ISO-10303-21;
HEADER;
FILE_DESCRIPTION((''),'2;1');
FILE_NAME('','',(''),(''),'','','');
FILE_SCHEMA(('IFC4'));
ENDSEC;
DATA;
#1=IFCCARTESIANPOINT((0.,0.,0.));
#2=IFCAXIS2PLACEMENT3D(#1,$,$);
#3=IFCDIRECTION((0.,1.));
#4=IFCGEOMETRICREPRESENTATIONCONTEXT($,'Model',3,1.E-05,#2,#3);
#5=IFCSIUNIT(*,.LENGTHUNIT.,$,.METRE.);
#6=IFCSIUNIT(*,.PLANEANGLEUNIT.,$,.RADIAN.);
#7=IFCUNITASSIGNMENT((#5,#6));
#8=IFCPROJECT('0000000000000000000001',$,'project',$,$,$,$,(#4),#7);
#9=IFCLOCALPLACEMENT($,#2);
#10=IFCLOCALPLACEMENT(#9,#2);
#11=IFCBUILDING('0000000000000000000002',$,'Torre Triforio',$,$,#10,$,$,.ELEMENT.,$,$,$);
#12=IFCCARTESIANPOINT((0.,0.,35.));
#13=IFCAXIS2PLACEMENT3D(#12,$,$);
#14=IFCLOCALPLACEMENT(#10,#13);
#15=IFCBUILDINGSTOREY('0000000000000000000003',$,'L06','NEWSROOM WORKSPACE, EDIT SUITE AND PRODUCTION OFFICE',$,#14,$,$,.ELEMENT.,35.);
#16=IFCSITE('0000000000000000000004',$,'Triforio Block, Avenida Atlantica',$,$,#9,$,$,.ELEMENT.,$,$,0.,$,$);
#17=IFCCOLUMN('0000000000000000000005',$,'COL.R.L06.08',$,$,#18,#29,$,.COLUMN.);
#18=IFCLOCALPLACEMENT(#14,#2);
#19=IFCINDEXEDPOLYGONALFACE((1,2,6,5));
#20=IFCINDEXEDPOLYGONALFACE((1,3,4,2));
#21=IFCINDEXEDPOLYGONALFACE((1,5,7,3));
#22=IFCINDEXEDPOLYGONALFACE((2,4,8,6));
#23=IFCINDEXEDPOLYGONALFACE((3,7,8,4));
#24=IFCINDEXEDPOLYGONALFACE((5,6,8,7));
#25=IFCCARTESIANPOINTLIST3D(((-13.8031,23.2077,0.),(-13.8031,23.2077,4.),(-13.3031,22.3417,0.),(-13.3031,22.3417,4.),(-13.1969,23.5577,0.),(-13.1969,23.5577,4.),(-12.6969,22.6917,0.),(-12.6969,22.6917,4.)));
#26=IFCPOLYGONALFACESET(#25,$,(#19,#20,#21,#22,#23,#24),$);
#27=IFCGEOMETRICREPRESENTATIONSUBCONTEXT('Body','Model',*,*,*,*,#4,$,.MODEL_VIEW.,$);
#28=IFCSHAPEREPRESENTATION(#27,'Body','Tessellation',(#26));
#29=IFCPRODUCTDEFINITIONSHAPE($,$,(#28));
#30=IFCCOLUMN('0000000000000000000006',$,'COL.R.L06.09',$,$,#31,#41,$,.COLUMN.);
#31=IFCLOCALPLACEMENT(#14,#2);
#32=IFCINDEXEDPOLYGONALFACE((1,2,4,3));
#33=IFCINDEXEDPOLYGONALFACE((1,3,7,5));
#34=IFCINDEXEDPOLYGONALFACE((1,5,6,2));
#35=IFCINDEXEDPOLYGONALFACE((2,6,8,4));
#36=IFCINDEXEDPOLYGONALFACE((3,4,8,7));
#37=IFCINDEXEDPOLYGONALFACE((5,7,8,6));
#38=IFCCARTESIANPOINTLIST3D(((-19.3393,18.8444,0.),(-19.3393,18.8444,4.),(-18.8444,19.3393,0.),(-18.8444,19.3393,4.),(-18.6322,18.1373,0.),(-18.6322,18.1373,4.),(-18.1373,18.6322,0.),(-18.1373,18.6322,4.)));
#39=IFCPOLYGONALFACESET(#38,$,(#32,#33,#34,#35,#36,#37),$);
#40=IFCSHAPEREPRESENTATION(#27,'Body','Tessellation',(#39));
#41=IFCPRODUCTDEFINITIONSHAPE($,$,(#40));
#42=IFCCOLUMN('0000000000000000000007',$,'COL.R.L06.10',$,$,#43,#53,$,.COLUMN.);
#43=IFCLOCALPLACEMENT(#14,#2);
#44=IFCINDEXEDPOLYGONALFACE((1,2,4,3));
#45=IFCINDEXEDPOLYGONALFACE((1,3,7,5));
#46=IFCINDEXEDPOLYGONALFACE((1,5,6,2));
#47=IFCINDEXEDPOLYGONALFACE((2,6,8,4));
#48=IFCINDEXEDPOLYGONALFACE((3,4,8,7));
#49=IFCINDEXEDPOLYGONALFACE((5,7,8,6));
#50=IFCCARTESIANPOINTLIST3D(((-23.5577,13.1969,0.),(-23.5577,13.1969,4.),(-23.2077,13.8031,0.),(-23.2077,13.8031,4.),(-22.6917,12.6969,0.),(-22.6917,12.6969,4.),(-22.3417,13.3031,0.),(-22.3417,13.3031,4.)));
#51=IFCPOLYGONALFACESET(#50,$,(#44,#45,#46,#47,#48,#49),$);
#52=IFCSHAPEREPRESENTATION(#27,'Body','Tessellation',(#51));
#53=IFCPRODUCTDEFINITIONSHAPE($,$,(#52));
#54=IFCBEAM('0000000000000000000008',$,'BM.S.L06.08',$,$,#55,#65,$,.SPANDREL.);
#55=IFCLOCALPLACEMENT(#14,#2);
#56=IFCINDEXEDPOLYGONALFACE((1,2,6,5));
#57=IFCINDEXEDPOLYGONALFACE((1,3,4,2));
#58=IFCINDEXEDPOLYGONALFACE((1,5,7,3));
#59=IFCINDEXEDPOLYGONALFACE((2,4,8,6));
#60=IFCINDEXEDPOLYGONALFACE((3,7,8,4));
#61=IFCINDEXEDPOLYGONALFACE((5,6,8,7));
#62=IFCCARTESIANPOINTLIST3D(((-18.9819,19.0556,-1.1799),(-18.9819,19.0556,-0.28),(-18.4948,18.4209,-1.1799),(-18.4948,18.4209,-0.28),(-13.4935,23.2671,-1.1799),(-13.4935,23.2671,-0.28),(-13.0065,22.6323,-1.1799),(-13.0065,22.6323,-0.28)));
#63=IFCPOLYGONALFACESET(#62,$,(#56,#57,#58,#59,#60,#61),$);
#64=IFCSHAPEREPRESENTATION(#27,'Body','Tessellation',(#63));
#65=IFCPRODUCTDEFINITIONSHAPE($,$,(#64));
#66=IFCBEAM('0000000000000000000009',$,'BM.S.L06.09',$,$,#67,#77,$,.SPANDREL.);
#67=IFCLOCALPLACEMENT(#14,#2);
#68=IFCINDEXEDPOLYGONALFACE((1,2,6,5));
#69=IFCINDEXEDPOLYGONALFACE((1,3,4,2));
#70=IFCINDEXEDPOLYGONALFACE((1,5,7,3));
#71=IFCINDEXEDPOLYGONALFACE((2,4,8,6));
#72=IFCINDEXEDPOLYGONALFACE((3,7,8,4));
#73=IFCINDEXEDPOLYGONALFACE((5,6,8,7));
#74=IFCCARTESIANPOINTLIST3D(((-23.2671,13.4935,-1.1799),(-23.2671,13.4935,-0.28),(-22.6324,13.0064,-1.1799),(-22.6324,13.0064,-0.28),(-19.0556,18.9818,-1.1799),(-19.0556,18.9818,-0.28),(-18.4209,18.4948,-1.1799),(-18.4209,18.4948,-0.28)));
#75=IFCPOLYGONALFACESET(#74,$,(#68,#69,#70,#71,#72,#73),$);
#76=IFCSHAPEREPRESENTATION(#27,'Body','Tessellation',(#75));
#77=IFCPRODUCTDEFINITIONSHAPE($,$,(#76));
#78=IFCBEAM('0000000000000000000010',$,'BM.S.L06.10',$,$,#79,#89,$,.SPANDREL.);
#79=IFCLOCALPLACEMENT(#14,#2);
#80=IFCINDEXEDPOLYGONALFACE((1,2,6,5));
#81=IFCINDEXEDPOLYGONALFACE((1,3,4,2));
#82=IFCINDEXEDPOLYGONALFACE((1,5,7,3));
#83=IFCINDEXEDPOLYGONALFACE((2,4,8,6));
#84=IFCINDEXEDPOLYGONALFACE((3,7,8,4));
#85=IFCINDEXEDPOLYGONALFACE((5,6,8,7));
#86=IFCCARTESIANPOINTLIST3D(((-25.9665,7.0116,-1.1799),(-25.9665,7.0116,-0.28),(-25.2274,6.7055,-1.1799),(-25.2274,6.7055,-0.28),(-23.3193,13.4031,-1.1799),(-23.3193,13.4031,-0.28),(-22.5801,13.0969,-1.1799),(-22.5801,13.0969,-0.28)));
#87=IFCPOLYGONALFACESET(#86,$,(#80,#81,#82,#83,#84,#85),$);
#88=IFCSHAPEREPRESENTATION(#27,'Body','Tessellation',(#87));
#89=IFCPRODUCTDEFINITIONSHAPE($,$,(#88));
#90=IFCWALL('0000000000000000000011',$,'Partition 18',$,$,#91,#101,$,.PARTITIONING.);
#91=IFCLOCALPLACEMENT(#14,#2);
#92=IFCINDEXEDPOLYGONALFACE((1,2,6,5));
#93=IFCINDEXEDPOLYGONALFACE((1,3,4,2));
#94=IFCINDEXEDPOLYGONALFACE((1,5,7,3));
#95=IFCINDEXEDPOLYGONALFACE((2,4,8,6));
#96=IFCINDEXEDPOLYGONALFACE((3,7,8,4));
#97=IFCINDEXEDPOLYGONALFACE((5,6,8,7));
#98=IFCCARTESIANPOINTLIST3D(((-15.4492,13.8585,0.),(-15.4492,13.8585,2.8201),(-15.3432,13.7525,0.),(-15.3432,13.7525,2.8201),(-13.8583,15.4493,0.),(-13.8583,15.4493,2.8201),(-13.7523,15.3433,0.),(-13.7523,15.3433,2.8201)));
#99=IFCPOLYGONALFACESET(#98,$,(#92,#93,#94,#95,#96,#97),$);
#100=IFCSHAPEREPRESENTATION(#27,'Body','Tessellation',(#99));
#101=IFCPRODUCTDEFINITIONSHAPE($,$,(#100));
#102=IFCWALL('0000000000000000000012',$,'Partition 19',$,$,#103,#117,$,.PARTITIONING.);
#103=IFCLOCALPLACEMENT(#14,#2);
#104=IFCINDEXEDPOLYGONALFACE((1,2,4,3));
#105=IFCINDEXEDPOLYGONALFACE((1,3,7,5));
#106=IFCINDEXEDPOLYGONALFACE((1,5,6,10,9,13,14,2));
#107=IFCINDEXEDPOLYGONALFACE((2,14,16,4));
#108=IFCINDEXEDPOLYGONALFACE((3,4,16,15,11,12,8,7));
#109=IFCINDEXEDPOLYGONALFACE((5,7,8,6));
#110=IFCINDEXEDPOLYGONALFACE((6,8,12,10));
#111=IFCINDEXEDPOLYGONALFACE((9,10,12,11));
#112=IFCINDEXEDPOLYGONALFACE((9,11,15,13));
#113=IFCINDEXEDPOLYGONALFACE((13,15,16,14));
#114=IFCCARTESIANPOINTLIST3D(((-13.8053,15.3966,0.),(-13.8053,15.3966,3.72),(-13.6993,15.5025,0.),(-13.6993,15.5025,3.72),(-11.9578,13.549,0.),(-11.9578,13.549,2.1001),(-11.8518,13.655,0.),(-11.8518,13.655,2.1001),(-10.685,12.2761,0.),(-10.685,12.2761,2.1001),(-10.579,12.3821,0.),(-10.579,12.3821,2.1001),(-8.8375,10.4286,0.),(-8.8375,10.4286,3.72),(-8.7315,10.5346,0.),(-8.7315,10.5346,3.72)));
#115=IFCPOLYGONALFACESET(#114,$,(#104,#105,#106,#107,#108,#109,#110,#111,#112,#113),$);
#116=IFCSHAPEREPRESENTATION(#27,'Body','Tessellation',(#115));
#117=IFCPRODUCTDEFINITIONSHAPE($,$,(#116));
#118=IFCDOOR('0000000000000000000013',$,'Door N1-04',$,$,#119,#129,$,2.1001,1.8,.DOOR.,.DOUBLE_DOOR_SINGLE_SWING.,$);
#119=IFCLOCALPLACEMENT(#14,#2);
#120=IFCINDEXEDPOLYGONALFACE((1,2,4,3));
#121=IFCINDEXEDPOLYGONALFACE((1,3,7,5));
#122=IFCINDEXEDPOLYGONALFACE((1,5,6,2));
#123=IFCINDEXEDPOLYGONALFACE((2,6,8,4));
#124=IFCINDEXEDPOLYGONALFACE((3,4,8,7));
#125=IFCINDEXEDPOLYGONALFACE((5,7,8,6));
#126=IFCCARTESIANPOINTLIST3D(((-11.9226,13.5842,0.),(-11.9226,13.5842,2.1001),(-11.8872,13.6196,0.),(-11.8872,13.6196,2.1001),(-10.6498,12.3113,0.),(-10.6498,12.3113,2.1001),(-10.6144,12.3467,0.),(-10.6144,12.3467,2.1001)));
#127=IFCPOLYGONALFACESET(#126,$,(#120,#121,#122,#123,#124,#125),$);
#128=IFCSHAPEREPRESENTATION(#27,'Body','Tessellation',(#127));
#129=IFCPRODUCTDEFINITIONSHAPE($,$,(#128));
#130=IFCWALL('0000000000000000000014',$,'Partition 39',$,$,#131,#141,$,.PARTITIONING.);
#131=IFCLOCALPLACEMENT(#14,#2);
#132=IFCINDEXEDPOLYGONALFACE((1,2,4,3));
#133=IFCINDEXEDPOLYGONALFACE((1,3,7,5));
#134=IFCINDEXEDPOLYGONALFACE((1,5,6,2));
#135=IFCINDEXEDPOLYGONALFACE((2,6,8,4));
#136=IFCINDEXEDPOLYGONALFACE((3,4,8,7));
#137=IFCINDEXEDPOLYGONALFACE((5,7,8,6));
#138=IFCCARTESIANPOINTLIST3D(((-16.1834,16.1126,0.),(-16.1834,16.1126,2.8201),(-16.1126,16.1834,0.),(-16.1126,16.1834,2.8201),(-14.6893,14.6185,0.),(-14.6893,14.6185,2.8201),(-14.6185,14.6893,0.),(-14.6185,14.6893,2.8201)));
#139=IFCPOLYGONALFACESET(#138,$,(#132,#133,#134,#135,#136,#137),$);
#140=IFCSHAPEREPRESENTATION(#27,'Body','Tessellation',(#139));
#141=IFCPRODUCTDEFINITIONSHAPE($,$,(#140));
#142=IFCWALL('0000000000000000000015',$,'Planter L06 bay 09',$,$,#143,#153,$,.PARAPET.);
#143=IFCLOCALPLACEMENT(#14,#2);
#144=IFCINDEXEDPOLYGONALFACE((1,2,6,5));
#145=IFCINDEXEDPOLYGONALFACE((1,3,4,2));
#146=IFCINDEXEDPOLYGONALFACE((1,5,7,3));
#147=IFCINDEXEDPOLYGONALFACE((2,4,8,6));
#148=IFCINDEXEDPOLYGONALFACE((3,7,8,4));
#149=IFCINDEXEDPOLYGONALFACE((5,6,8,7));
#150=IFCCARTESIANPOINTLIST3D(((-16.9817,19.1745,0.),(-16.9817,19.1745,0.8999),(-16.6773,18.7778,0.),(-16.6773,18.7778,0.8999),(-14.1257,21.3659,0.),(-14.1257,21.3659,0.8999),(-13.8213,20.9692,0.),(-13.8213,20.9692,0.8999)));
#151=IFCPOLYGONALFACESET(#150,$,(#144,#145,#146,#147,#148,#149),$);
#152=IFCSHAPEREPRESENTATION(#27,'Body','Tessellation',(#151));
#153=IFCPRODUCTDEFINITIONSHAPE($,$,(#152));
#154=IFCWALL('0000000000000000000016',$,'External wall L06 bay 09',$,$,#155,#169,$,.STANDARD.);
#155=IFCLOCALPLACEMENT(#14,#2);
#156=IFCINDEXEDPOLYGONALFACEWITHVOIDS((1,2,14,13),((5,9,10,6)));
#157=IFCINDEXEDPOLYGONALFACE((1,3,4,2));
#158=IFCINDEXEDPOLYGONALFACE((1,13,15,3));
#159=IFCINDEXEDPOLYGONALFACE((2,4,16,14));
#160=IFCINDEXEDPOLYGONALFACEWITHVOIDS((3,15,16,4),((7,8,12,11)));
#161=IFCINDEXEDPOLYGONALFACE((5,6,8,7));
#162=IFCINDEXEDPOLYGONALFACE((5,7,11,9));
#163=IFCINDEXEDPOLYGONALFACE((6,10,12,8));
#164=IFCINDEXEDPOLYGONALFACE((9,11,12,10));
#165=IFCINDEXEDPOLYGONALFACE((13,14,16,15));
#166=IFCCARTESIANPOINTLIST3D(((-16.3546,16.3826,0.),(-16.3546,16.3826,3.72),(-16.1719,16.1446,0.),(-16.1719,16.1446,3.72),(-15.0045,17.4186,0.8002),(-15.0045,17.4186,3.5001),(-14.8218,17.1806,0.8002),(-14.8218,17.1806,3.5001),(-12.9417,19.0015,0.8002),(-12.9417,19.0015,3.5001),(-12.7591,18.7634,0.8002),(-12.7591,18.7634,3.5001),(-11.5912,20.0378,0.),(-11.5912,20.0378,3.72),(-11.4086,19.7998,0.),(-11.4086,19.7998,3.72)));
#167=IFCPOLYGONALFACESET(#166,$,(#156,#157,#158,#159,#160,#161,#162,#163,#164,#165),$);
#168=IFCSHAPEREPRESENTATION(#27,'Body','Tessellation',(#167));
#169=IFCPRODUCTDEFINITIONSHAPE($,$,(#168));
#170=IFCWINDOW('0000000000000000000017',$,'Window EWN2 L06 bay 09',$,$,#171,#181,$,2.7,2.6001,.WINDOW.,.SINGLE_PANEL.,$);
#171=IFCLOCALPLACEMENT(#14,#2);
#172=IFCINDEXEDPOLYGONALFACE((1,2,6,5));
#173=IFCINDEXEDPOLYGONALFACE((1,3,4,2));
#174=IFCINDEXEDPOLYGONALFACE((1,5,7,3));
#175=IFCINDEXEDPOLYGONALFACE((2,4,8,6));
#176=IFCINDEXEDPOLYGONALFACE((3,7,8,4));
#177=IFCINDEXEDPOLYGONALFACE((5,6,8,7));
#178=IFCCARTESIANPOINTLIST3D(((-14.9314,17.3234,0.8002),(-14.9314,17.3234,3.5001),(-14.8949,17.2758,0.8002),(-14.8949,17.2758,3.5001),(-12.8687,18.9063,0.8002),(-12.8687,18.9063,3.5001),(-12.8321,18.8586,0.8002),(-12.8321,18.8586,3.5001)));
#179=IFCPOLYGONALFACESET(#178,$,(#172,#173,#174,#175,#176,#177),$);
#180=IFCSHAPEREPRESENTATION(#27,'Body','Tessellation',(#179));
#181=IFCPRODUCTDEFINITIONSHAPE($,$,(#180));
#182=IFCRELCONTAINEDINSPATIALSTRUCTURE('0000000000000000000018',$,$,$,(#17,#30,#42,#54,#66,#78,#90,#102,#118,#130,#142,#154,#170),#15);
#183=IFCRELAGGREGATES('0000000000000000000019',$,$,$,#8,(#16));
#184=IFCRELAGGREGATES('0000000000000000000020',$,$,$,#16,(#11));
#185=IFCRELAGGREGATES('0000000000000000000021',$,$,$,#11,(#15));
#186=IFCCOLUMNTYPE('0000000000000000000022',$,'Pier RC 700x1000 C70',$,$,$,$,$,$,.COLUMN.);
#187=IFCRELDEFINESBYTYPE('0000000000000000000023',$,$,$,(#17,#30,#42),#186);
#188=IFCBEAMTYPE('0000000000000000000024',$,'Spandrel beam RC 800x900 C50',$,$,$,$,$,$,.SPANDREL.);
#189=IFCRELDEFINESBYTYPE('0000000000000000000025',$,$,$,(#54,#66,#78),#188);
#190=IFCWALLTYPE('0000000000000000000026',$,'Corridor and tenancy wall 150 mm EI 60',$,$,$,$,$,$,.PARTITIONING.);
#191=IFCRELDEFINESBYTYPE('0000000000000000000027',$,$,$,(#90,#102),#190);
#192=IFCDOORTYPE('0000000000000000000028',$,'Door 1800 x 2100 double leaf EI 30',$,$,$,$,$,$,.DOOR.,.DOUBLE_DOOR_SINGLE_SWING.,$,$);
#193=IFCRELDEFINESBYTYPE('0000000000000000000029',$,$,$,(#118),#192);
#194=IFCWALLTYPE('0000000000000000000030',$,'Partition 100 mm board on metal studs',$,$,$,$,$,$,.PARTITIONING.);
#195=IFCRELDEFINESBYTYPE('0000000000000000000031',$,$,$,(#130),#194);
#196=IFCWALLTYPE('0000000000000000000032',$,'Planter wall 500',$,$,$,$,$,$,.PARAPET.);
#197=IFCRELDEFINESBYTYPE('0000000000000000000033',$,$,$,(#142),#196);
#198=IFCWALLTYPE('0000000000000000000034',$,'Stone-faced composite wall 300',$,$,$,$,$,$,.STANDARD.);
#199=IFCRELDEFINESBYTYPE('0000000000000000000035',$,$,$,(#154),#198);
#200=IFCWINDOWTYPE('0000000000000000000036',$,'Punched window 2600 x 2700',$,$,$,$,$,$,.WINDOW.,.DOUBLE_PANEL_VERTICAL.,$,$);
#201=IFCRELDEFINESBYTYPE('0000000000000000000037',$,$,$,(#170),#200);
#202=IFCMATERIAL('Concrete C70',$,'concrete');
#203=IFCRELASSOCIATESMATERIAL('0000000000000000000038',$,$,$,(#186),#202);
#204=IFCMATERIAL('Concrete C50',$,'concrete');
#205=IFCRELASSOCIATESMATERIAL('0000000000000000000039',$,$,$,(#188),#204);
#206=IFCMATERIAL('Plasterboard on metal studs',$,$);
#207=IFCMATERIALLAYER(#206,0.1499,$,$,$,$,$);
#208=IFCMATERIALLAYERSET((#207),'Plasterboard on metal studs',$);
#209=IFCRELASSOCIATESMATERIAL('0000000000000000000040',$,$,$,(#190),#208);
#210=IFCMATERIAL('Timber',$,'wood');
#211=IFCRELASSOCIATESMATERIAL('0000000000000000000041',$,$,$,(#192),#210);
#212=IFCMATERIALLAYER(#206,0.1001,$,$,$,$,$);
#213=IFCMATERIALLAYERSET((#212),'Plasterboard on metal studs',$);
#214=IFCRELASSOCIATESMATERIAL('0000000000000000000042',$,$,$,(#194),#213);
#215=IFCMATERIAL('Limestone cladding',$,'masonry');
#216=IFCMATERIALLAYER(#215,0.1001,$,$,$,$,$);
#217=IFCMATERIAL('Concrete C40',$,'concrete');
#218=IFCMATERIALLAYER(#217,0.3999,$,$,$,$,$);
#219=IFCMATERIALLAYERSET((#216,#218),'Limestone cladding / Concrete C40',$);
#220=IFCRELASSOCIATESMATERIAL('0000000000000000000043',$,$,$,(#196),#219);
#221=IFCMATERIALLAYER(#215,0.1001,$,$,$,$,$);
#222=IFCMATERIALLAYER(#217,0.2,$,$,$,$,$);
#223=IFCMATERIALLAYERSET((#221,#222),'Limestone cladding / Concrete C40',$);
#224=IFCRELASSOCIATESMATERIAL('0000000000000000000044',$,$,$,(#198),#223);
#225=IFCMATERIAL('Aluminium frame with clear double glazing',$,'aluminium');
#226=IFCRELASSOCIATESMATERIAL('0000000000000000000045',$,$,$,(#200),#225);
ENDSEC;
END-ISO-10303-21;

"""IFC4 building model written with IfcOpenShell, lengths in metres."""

from ifc_helpers import new_model, si_unit, direction, frame, frame_2d, origin, origin_2d, place, context, subcontext, project, spatial, rectangle, extrude, material, layer, layer_set, material_profile, profile_set, type_object, element, fill, save


model = new_model("IFC4")

# Units and contexts
model_context = context("Model", 3, precision=1e-05, world=origin(), true_north=direction((0.0, 1.0)))
body_context = subcontext(model_context, "Body", "Model", "MODEL_VIEW")
ifc_project = project(units=[si_unit("LENGTHUNIT", "METRE"), si_unit("PLANEANGLEUNIT", "RADIAN")], contexts=[model_context])

# Site, building, storey
site_placement = place(None, origin())
site = spatial("IfcSite", under=ifc_project, at=site_placement, Name="Triforio Block, Avenida Atlantica", CompositionType="ELEMENT", RefElevation=0.0)
building_placement = place(site_placement, origin())
building = spatial("IfcBuilding", under=site, at=building_placement, Name="Torre Triforio", CompositionType="ELEMENT")
storey_placement = place(building_placement, frame((0.0, 0.0, 35.0)))
storey = spatial("IfcBuildingStorey", under=building, at=storey_placement, Name="L06", Description="NEWSROOM WORKSPACE, EDIT SUITE AND PRODUCTION OFFICE", CompositionType="ELEMENT", Elevation=35.0)

# Columns
ifc_material_1 = material(Name="Concrete C70", Category="concrete")
ifc_material_profile_1 = material_profile(ifc_material_1, rectangle(XDim=0.7, YDim=1.0, at=origin_2d()), Name="RC 700x1000")
ifc_profile_set_1 = profile_set([ifc_material_profile_1], Name="Concrete C70")
column_type = type_object("IfcColumnType", Name="Pier RC 700x1000 C70", PredefinedType="COLUMN", material=ifc_profile_set_1)
for number, where, z_axis, x_axis, name in (
    (1, (-13.25, 22.9497, 0.0), (0.0, 0.0, 1.0), (-0.866025, -0.5, 0.0), "COL.R.L06.08"),
    (2, (-18.7383, 18.7383, 0.0), (0.0, 0.0, 1.0), (-0.707107, -0.707107, 0.0), "COL.R.L06.09"),
    (3, (-22.9497, 13.25, 0.0), (0.0, 0.0, 1.0), (-0.5, -0.866025, 0.0), "COL.R.L06.10"),
):
    element("IfcColumn", number, at=place(storey_placement, frame(where, z_axis=z_axis, x_axis=x_axis)), inside=storey, type_object=column_type, Name=name, PredefinedType="COLUMN", context=body_context, shape_type="SweptSolid", body=[
        extrude(rectangle(XDim=0.7, YDim=1.0, at=origin_2d()), origin(), (0.0, 0.0, 1.0), 4.0),
    ])

# Beams
ifc_material_2 = material(Name="Concrete C50", Category="concrete")
ifc_material_profile_2 = material_profile(ifc_material_2, rectangle(XDim=0.8, YDim=0.8999, at=origin_2d()), Name="RC 800x900")
ifc_profile_set_2 = profile_set([ifc_material_profile_2], Name="Concrete C50")
beam_type = type_object("IfcBeamType", Name="Spandrel beam RC 800x900 C50", PredefinedType="SPANDREL", material=ifc_profile_set_2)
for number, where, z_axis, x_axis, name in (
    (4, (-13.25, 22.9497, -0.73), (-0.793345, -0.608772, 0.0), (0.608772, -0.793345, 0.0), "BM.S.L06.08"),
    (5, (-18.7383, 18.7383, -0.73), (-0.608772, -0.793345, 0.0), (0.793345, -0.608772, 0.0), "BM.S.L06.09"),
    (6, (-22.9497, 13.25, -0.73), (-0.382662, -0.923888, 0.0), (0.923888, -0.382662, 0.0), "BM.S.L06.10"),
):
    element("IfcBeam", number, at=place(storey_placement, frame(where, z_axis=z_axis, x_axis=x_axis)), inside=storey, type_object=beam_type, Name=name, PredefinedType="SPANDREL", context=body_context, shape_type="SweptSolid", body=[
        extrude(rectangle(XDim=0.8, YDim=0.8999, at=origin_2d()), origin(), (0.0, 0.0, 1.0), 6.918),
    ])

# Wall
ifc_material_3 = material(Name="Plasterboard on metal studs")
ifc_layer_1 = layer(ifc_material_3, 0.1499)
ifc_layer_set_1 = layer_set([ifc_layer_1], Name="Plasterboard on metal studs")
wall_type_1 = type_object("IfcWallType", Name="Corridor and tenancy wall 150 mm EI 60", PredefinedType="PARTITIONING", material=ifc_layer_set_1)
wall_1_placement = place(storey_placement, frame((-15.3962, 13.8054, 0.0), z_axis=(0.0, 0.0, 1.0), x_axis=(0.707107, 0.707107, 0.0)))
element("IfcWall", 7, at=wall_1_placement, inside=storey, type_object=wall_type_1, Name="Partition 18", PredefinedType="PARTITIONING", context=body_context, shape_type="SweptSolid", body=[
    extrude(rectangle(XDim=2.2498, YDim=0.1499, at=frame_2d((1.125, 0.0))), origin(), (0.0, 0.0, 1.0), 2.8201),
])

# Wall, opening, door
wall_2_placement = place(storey_placement, frame((-13.7522, 15.4495, 0.0), z_axis=(0.0, 0.0, 1.0), x_axis=(0.707089, -0.707124, 0.0)))
wall_2 = element("IfcWall", 8, at=wall_2_placement, inside=storey, type_object=wall_type_1, Name="Partition 19", PredefinedType="PARTITIONING", context=body_context, shape_type="SweptSolid", body=[
    extrude(rectangle(XDim=7.0256, YDim=0.1499, at=frame_2d((3.5127, 0.0))), origin(), (0.0, 0.0, 1.0), 3.72),
])
opening_1_placement = place(wall_2_placement, frame((2.6128, 0.0, 0.0)))
opening_1 = element("IfcOpeningElement", 9, at=opening_1_placement, cuts=wall_2, PredefinedType="OPENING", context=body_context, shape_type="SweptSolid", body=[
    extrude(rectangle(XDim=1.8, YDim=2.1001, at=frame_2d((0.8999, 1.05))), frame((0.0, 0.085, 0.0), z_axis=(0.0, -1.0, 0.0), x_axis=(1.0, 0.0, 0.0)), (0.0, 0.0, 1.0), 0.1699),
])
ifc_material_4 = material(Name="Timber", Category="wood")
door_type_1 = type_object("IfcDoorType", Name="Door 1800 x 2100 double leaf EI 30", OperationType="DOUBLE_DOOR_SINGLE_SWING", PredefinedType="DOOR", material=ifc_material_4)
door_1_placement = place(opening_1_placement, origin())
door_1 = element("IfcDoor", 10, at=door_1_placement, inside=storey, type_object=door_type_1, Name="Door N1-04", OperationType="DOUBLE_DOOR_SINGLE_SWING", OverallHeight=2.1001, OverallWidth=1.8, PredefinedType="DOOR", context=body_context, shape_type="SweptSolid", body=[
    extrude(rectangle(XDim=1.8, YDim=2.1001, at=frame_2d((0.8999, 1.05))), frame((0.0, 0.0249, 0.0), z_axis=(0.0, -1.0, 0.0), x_axis=(1.0, 0.0, 0.0)), (0.0, 0.0, 1.0), 0.05),
])
fill(opening_1, door_1)

# Walls
ifc_layer_2 = layer(ifc_material_3, 0.1001)
ifc_layer_set_2 = layer_set([ifc_layer_2], Name="Plasterboard on metal studs")
wall_type_2 = type_object("IfcWallType", Name="Partition 100 mm board on metal studs", PredefinedType="PARTITIONING", material=ifc_layer_set_2)
wall_3_placement = place(storey_placement, frame((-14.6538, 14.6538, 0.0), z_axis=(0.0, 0.0, 1.0), x_axis=(-0.707107, 0.707107, 0.0)))
element("IfcWall", 11, at=wall_3_placement, inside=storey, type_object=wall_type_2, Name="Partition 39", PredefinedType="PARTITIONING", context=body_context, shape_type="SweptSolid", body=[
    extrude(rectangle(XDim=2.113, YDim=0.1001, at=frame_2d((1.0566, 0.0))), origin(), (0.0, 0.0, 1.0), 2.8201),
])
ifc_material_5 = material(Name="Limestone cladding", Category="masonry")
ifc_layer_3 = layer(ifc_material_5, 0.1001)
ifc_material_6 = material(Name="Concrete C40", Category="concrete")
ifc_layer_4 = layer(ifc_material_6, 0.3999)
ifc_layer_set_3 = layer_set([ifc_layer_3, ifc_layer_4], Name="Limestone cladding / Concrete C40")
wall_type_3 = type_object("IfcWallType", Name="Planter wall 500", PredefinedType="PARAPET", material=ifc_layer_set_3)
wall_4_placement = place(storey_placement, frame((-13.9736, 21.1675, 0.0), z_axis=(0.0, 0.0, 1.0), x_axis=(-0.79336, -0.608753, 0.0)))
element("IfcWall", 12, at=wall_4_placement, inside=storey, type_object=wall_type_3, Name="Planter L06 bay 09", PredefinedType="PARAPET", context=body_context, shape_type="SweptSolid", body=[
    extrude(rectangle(XDim=3.5999, YDim=0.5, at=frame_2d((1.7998, 0.0))), origin(), (0.0, 0.0, 1.0), 0.8999),
])

# Wall, opening, window
ifc_layer_5 = layer(ifc_material_5, 0.1001)
ifc_layer_6 = layer(ifc_material_6, 0.2)
ifc_layer_set_4 = layer_set([ifc_layer_5, ifc_layer_6], Name="Limestone cladding / Concrete C40")
wall_type_4 = type_object("IfcWallType", Name="Stone-faced composite wall 300", PredefinedType="STANDARD", material=ifc_layer_set_4)
wall_5_placement = place(storey_placement, frame((-11.5, 19.9187, 0.0), z_axis=(0.0, 0.0, 1.0), x_axis=(-0.79334, -0.608779, 0.0)))
wall_5 = element("IfcWall", 13, at=wall_5_placement, inside=storey, type_object=wall_type_4, Name="External wall L06 bay 09", PredefinedType="STANDARD", context=body_context, shape_type="SweptSolid", body=[
    extrude(rectangle(XDim=6.0042, YDim=0.3, at=frame_2d((3.002, 0.0))), origin(), (0.0, 0.0, 1.0), 3.72),
])
opening_2_placement = place(wall_5_placement, frame((1.7021, 0.0, 0.8)))
opening_2 = element("IfcOpeningElement", 14, at=opening_2_placement, cuts=wall_5, PredefinedType="OPENING", context=body_context, shape_type="SweptSolid", body=[
    extrude(rectangle(XDim=2.6001, YDim=2.7, at=frame_2d((1.3, 1.3501))), frame((0.0, 0.1599, 0.0), z_axis=(0.0, -1.0, 0.0), x_axis=(1.0, 0.0, 0.0)), (0.0, 0.0, 1.0), 0.3201),
])
ifc_material_7 = material(Name="Aluminium frame with clear double glazing", Category="aluminium")
window_type_1 = type_object("IfcWindowType", Name="Punched window 2600 x 2700", PartitioningType="DOUBLE_PANEL_VERTICAL", PredefinedType="WINDOW", material=ifc_material_7)
window_1_placement = place(opening_2_placement, origin())
window_1 = element("IfcWindow", 15, at=window_1_placement, inside=storey, type_object=window_type_1, Name="Window EWN2 L06 bay 09", OverallHeight=2.7, OverallWidth=2.6001, PartitioningType="SINGLE_PANEL", PredefinedType="WINDOW", context=body_context, shape_type="SweptSolid", body=[
    extrude(rectangle(XDim=2.6001, YDim=2.7, at=frame_2d((1.3, 1.3501))), frame((0.0, 0.03, 0.0), z_axis=(0.0, -1.0, 0.0), x_axis=(1.0, 0.0, 0.0)), (0.0, 0.0, 1.0), 0.0601),
])
fill(opening_2, window_1)

save(model, "model.ifc")
